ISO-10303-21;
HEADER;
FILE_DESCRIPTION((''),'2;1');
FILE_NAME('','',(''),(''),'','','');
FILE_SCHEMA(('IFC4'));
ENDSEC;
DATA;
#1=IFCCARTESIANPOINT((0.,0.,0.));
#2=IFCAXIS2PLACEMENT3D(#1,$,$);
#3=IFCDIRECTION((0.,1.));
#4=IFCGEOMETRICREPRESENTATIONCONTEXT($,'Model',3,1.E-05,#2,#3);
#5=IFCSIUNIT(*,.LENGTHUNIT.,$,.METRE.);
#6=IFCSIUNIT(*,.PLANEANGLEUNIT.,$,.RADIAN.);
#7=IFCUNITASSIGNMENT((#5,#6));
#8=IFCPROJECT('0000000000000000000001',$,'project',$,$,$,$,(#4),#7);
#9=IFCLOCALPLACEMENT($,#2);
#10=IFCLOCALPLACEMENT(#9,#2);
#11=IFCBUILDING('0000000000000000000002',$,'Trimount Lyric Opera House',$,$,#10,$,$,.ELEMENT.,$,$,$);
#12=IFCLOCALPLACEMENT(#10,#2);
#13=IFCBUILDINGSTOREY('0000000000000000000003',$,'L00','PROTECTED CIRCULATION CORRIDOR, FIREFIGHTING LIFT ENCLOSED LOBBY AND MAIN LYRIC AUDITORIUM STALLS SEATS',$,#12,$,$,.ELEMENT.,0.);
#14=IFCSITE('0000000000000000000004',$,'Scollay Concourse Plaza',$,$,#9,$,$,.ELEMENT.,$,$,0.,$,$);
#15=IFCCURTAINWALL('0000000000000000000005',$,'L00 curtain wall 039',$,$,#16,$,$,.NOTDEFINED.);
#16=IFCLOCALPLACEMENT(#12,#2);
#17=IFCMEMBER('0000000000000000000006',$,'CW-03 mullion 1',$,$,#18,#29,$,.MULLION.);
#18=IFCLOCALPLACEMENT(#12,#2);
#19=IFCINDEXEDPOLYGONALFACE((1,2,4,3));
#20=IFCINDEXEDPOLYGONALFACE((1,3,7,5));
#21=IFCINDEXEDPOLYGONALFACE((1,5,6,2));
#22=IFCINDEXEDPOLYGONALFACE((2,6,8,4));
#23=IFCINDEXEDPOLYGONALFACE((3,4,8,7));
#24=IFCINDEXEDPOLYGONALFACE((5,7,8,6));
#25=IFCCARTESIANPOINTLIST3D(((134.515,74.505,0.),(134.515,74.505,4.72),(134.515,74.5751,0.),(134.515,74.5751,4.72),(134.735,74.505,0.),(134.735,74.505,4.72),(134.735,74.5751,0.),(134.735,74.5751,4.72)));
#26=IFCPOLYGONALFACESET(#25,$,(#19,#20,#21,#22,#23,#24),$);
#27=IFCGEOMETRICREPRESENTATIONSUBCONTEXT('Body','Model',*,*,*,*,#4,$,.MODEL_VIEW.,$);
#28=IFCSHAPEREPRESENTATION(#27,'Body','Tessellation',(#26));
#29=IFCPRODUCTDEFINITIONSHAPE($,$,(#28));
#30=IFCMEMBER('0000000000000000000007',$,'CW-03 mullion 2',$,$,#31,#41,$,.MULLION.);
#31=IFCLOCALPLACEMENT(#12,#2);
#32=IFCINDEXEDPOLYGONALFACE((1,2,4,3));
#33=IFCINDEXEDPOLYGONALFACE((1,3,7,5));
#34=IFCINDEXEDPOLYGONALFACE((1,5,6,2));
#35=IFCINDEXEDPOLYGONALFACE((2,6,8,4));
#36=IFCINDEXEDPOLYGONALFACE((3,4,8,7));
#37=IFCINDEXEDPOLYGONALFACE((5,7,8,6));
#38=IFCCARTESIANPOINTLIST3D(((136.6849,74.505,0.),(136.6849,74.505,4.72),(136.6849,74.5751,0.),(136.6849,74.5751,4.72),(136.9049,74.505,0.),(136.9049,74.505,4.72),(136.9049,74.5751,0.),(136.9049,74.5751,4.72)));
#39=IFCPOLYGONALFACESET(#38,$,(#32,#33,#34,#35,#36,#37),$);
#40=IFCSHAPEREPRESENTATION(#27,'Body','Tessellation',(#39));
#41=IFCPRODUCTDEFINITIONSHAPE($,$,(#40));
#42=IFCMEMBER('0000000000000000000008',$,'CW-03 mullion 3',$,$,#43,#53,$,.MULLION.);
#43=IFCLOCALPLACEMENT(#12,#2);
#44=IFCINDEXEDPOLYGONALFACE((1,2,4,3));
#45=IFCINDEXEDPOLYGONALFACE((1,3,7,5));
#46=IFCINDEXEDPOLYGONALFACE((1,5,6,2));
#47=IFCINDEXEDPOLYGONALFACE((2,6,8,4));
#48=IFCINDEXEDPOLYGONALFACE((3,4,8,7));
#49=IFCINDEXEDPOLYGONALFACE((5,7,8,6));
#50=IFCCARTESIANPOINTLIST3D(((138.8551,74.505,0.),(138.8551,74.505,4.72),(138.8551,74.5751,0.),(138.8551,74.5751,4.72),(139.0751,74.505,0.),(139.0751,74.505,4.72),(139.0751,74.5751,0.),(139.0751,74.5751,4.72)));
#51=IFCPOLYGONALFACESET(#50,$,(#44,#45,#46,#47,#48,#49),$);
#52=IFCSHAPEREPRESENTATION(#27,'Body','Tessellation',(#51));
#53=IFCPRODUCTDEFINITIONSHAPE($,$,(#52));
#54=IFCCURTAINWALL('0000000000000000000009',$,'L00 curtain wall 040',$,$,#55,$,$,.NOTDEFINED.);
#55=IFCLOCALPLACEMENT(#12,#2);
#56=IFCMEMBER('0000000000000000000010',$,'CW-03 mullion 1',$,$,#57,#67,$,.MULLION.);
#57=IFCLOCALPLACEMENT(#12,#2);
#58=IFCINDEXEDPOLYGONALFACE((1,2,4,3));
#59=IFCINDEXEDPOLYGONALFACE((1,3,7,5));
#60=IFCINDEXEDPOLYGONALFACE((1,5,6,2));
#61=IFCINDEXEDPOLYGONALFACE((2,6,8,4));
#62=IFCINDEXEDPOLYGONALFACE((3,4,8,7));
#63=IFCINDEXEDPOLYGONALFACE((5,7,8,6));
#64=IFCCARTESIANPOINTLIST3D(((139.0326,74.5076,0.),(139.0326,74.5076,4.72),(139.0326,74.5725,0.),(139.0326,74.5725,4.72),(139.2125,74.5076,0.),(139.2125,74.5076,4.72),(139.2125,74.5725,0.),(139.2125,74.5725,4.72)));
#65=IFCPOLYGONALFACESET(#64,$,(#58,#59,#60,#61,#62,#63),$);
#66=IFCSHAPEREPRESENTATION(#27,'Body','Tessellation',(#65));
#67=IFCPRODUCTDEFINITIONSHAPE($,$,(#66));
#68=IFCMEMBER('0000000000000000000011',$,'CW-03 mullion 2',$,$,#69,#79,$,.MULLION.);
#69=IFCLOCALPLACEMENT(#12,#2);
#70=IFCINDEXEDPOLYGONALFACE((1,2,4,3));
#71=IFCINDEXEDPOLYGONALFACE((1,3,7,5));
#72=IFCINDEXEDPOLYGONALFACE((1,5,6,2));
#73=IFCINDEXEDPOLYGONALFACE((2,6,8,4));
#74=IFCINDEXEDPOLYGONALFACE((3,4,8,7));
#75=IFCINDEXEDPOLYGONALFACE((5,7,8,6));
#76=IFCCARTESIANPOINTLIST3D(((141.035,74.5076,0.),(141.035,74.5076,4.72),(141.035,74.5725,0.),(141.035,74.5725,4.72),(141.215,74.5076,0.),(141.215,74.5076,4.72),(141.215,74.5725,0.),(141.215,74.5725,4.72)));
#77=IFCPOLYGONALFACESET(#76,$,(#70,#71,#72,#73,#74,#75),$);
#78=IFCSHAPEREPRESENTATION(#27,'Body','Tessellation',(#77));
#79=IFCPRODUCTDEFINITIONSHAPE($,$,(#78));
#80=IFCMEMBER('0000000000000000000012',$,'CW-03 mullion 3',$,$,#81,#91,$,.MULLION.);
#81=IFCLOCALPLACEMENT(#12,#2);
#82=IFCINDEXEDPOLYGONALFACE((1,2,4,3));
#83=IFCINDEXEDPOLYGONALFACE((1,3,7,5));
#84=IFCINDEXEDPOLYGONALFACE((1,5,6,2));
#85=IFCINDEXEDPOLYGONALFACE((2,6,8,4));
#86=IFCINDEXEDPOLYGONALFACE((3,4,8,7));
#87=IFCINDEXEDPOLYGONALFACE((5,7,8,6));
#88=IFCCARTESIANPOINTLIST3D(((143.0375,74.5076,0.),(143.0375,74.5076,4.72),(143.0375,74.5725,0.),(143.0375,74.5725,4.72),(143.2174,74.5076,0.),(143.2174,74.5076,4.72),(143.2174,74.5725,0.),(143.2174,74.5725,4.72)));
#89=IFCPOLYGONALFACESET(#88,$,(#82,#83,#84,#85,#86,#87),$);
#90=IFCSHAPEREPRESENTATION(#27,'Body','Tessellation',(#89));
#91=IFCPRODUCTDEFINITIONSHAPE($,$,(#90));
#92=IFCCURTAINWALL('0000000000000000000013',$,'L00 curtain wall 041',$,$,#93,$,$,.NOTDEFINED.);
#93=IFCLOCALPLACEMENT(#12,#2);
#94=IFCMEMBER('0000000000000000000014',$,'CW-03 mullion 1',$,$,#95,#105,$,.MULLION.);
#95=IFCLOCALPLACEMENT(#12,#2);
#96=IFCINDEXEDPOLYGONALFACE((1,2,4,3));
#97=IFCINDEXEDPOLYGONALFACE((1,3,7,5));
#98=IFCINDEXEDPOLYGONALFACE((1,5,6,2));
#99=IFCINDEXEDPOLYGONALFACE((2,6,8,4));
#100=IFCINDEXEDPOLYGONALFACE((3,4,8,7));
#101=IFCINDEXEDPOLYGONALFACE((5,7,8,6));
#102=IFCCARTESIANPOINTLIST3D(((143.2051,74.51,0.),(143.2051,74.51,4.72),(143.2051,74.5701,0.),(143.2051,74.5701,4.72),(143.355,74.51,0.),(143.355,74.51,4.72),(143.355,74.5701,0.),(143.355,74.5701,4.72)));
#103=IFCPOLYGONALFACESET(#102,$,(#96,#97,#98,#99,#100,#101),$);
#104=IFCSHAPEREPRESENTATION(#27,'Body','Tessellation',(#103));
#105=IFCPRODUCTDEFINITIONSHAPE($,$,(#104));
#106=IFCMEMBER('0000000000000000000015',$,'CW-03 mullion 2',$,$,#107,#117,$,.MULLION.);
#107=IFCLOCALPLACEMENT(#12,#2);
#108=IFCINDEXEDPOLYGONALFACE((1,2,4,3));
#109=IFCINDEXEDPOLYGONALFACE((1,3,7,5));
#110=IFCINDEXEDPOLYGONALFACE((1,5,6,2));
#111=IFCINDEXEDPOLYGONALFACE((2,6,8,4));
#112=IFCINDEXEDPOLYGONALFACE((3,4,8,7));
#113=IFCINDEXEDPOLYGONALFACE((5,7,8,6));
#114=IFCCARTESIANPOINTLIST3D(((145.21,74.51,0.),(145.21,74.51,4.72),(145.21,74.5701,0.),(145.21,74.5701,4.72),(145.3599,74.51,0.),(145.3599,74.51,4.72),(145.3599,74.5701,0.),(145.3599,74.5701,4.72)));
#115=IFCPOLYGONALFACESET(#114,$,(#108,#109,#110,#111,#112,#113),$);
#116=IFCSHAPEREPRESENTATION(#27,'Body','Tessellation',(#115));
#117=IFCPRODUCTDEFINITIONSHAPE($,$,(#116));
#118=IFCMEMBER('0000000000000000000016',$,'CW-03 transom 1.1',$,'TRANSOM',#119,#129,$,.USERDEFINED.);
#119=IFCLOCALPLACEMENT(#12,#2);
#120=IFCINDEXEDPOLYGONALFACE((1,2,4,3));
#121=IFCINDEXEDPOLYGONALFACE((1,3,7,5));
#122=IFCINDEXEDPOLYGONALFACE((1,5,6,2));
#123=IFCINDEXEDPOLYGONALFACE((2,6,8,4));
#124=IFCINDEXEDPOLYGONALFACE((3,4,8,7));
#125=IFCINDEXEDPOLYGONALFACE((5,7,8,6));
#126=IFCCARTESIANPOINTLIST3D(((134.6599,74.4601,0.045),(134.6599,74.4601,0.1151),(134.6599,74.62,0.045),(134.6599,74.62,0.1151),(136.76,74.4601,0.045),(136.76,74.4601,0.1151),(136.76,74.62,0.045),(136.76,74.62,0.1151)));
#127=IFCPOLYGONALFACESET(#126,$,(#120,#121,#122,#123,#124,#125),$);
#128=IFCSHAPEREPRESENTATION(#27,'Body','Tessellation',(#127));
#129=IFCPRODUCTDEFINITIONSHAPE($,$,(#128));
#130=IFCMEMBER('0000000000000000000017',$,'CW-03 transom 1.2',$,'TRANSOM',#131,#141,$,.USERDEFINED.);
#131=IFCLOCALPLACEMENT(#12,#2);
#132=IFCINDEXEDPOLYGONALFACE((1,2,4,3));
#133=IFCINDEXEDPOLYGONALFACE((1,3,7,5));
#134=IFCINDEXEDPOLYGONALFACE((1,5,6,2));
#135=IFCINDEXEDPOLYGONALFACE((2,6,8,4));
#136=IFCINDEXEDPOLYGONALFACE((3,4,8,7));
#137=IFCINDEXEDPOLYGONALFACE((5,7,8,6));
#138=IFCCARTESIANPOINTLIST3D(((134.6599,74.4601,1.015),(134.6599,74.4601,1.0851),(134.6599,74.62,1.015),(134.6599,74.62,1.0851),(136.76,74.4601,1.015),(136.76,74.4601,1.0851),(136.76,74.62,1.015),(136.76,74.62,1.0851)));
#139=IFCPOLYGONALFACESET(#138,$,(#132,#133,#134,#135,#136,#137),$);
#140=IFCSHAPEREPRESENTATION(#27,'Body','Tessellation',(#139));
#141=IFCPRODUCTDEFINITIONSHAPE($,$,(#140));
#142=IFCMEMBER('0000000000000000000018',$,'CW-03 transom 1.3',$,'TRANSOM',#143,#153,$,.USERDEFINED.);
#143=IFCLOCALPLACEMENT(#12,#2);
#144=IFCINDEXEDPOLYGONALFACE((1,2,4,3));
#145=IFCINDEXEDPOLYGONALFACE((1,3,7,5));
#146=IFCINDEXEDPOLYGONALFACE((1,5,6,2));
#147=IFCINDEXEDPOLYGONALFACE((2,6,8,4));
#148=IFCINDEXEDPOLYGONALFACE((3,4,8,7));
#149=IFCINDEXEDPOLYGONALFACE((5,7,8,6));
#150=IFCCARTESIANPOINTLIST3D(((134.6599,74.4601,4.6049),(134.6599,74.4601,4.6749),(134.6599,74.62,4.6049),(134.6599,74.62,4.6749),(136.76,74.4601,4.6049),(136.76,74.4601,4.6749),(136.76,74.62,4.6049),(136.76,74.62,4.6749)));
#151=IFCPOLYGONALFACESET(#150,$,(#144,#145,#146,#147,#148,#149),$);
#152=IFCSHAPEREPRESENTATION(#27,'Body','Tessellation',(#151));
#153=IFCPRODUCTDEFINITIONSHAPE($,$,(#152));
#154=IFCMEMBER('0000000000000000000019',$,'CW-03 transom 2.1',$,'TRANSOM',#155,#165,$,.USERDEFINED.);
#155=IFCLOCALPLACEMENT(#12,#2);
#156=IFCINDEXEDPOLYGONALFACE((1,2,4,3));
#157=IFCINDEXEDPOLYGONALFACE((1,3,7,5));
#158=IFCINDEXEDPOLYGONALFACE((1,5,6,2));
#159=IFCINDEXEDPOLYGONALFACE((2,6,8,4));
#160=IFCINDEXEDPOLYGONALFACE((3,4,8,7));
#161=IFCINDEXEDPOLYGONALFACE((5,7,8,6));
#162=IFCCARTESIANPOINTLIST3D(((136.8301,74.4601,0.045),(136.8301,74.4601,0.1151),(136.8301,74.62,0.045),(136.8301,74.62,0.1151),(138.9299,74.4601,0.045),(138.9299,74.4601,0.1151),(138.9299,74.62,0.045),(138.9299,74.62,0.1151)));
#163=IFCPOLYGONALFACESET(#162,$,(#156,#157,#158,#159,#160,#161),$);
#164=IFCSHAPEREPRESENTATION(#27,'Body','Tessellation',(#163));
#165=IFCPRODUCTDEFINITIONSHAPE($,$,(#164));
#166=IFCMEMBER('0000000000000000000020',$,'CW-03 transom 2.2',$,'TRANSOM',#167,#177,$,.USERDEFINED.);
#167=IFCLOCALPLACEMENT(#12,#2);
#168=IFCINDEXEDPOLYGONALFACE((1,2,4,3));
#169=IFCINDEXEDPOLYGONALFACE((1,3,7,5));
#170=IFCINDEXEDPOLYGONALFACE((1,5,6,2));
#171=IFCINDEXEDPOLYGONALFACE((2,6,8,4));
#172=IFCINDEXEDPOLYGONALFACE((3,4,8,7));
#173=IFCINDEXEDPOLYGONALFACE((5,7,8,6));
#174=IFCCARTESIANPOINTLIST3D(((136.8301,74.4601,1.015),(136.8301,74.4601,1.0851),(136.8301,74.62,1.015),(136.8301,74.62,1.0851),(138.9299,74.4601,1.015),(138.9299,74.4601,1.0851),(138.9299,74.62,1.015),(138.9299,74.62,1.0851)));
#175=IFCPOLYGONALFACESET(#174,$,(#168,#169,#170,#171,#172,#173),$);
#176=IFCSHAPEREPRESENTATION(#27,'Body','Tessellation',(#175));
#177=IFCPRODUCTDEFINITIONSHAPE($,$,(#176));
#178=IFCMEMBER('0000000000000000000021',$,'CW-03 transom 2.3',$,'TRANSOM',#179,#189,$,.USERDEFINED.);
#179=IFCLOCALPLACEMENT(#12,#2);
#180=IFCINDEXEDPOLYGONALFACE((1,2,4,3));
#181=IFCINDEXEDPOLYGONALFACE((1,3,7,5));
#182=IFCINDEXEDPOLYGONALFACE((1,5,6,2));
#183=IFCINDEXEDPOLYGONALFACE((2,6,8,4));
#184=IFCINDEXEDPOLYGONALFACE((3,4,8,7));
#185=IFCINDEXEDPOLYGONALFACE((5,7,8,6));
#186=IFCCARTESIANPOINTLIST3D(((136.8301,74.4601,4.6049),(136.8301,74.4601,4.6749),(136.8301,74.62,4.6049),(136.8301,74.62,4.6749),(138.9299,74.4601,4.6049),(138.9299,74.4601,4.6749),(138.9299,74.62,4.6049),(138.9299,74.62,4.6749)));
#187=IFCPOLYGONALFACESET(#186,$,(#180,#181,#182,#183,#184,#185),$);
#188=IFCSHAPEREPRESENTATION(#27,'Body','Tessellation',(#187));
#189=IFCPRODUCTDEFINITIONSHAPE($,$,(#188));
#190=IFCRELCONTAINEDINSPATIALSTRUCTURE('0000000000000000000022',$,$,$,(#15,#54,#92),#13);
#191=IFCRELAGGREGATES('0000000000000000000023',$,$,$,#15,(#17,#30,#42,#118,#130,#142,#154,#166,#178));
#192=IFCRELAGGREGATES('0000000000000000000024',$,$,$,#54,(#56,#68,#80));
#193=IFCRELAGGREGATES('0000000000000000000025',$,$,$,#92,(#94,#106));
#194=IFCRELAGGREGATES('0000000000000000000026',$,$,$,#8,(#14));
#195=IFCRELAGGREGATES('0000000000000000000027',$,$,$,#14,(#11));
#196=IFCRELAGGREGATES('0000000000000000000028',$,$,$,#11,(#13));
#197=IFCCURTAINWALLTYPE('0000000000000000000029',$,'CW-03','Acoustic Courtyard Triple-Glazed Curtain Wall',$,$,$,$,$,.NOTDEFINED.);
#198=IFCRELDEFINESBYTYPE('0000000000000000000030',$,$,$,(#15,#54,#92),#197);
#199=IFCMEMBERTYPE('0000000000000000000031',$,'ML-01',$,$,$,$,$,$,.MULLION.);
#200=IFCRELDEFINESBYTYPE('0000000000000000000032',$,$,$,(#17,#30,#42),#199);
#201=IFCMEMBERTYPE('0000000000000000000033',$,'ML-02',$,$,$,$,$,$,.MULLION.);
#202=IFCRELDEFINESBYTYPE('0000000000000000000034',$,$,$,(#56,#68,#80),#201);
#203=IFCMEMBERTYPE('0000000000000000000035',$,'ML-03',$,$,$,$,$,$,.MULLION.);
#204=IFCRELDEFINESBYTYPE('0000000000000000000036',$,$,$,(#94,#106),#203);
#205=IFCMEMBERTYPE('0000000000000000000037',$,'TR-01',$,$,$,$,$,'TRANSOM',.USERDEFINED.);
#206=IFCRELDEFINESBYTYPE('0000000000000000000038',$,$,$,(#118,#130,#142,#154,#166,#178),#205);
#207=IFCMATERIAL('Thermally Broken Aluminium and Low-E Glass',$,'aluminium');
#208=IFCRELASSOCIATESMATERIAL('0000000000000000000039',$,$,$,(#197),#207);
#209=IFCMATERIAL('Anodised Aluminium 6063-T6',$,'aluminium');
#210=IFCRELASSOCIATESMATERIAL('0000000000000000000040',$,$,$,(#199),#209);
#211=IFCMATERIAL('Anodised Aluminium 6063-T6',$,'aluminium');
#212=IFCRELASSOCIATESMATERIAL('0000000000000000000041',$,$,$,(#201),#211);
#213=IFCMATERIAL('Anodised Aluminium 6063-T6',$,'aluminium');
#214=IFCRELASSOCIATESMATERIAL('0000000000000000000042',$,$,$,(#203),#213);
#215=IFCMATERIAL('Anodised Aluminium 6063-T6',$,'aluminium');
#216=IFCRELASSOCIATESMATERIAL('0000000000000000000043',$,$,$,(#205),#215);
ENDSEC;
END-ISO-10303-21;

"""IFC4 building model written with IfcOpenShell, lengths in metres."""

from ifc_helpers import new_model, si_unit, direction, frame, origin, origin_2d, place, context, subcontext, project, spatial, rectangle, extrude, material, material_profile, profile_set, type_object, element, aggregate, save


model = new_model("IFC4")

# Units and contexts
model_context = context("Model", 3, precision=1e-05, world=origin(), true_north=direction((0.0, 1.0)))
body_context = subcontext(model_context, "Body", "Model", "MODEL_VIEW")
ifc_project = project(units=[si_unit("LENGTHUNIT", "METRE"), si_unit("PLANEANGLEUNIT", "RADIAN")], contexts=[model_context])

# Site, building, storey
site_placement = place(None, origin())
site = spatial("IfcSite", under=ifc_project, at=site_placement, Name="Scollay Concourse Plaza", CompositionType="ELEMENT", RefElevation=0.0)
building_placement = place(site_placement, origin())
building = spatial("IfcBuilding", under=site, at=building_placement, Name="Trimount Lyric Opera House", CompositionType="ELEMENT")
storey_placement = place(building_placement, origin())
storey = spatial("IfcBuildingStorey", under=building, at=storey_placement, Name="L00", Description="PROTECTED CIRCULATION CORRIDOR, FIREFIGHTING LIFT ENCLOSED LOBBY AND MAIN LYRIC AUDITORIUM STALLS SEATS", CompositionType="ELEMENT", Elevation=0.0)

# Curtain walls, members
ifc_material_1 = material(Name="Thermally Broken Aluminium and Low-E Glass", Category="aluminium")
curtain_wall_type = type_object("IfcCurtainWallType", Name="CW-03", Description="Acoustic Courtyard Triple-Glazed Curtain Wall", PredefinedType="NOTDEFINED", material=ifc_material_1)
curtain_wall_1_placement = place(storey_placement, origin())
curtain_wall_1 = element("IfcCurtainWall", 1, at=curtain_wall_1_placement, inside=storey, type_object=curtain_wall_type, Name="L00 curtain wall 039", PredefinedType="NOTDEFINED")
ifc_material_2 = material(Name="Anodised Aluminium 6063-T6", Category="aluminium")
ifc_material_profile_1 = material_profile(ifc_material_2, rectangle(XDim=0.0701, YDim=0.22, at=origin_2d()), Name="ALU-MULL-70X220")
ifc_profile_set_1 = profile_set([ifc_material_profile_1], Name="Anodised Aluminium 6063-T6")
member_type_1 = type_object("IfcMemberType", Name="ML-01", PredefinedType="MULLION", material=ifc_profile_set_1)
member_1_placement = place(storey_placement, frame((134.625, 74.54, 0.0), z_axis=(0.0, 0.0, 1.0), x_axis=(0.0, 1.0, 0.0)))
member_1 = element("IfcMember", 2, at=member_1_placement, type_object=member_type_1, Name="CW-03 mullion 1", PredefinedType="MULLION", context=body_context, shape_type="SweptSolid", body=[
    extrude(rectangle(XDim=0.0701, YDim=0.22, at=origin_2d()), origin(), (0.0, 0.0, 1.0), 4.72),
])
member_2_placement = place(storey_placement, frame((136.7949, 74.54, 0.0), z_axis=(0.0, 0.0, 1.0), x_axis=(0.0, 1.0, 0.0)))
member_2 = element("IfcMember", 3, at=member_2_placement, type_object=member_type_1, Name="CW-03 mullion 2", PredefinedType="MULLION", context=body_context, shape_type="SweptSolid", body=[
    extrude(rectangle(XDim=0.0701, YDim=0.22, at=origin_2d()), origin(), (0.0, 0.0, 1.0), 4.72),
])
member_3_placement = place(storey_placement, frame((138.9651, 74.54, 0.0), z_axis=(0.0, 0.0, 1.0), x_axis=(0.0, 1.0, 0.0)))
member_3 = element("IfcMember", 4, at=member_3_placement, type_object=member_type_1, Name="CW-03 mullion 3", PredefinedType="MULLION", context=body_context, shape_type="SweptSolid", body=[
    extrude(rectangle(XDim=0.0701, YDim=0.22, at=origin_2d()), origin(), (0.0, 0.0, 1.0), 4.72),
])
curtain_wall_2_placement = place(storey_placement, origin())
curtain_wall_2 = element("IfcCurtainWall", 5, at=curtain_wall_2_placement, inside=storey, type_object=curtain_wall_type, Name="L00 curtain wall 040", PredefinedType="NOTDEFINED")
ifc_material_3 = material(Name="Anodised Aluminium 6063-T6", Category="aluminium")
ifc_material_profile_2 = material_profile(ifc_material_3, rectangle(XDim=0.0649, YDim=0.1799, at=origin_2d()), Name="ALU-MULL-65X180")
ifc_profile_set_2 = profile_set([ifc_material_profile_2], Name="Anodised Aluminium 6063-T6")
member_type_2 = type_object("IfcMemberType", Name="ML-02", PredefinedType="MULLION", material=ifc_profile_set_2)
member_4_placement = place(storey_placement, frame((139.1226, 74.54, 0.0), z_axis=(0.0, 0.0, 1.0), x_axis=(0.0, 1.0, 0.0)))
member_4 = element("IfcMember", 6, at=member_4_placement, type_object=member_type_2, Name="CW-03 mullion 1", PredefinedType="MULLION", context=body_context, shape_type="SweptSolid", body=[
    extrude(rectangle(XDim=0.0649, YDim=0.1799, at=origin_2d()), origin(), (0.0, 0.0, 1.0), 4.72),
])
member_5_placement = place(storey_placement, frame((141.125, 74.54, 0.0), z_axis=(0.0, 0.0, 1.0), x_axis=(0.0, 1.0, 0.0)))
member_5 = element("IfcMember", 7, at=member_5_placement, type_object=member_type_2, Name="CW-03 mullion 2", PredefinedType="MULLION", context=body_context, shape_type="SweptSolid", body=[
    extrude(rectangle(XDim=0.0649, YDim=0.1799, at=origin_2d()), origin(), (0.0, 0.0, 1.0), 4.72),
])
member_6_placement = place(storey_placement, frame((143.1274, 74.54, 0.0), z_axis=(0.0, 0.0, 1.0), x_axis=(0.0, 1.0, 0.0)))
member_6 = element("IfcMember", 8, at=member_6_placement, type_object=member_type_2, Name="CW-03 mullion 3", PredefinedType="MULLION", context=body_context, shape_type="SweptSolid", body=[
    extrude(rectangle(XDim=0.0649, YDim=0.1799, at=origin_2d()), origin(), (0.0, 0.0, 1.0), 4.72),
])
curtain_wall_3_placement = place(storey_placement, origin())
curtain_wall_3 = element("IfcCurtainWall", 9, at=curtain_wall_3_placement, inside=storey, type_object=curtain_wall_type, Name="L00 curtain wall 041", PredefinedType="NOTDEFINED")
ifc_material_4 = material(Name="Anodised Aluminium 6063-T6", Category="aluminium")
ifc_material_profile_3 = material_profile(ifc_material_4, rectangle(XDim=0.0601, YDim=0.1499, at=origin_2d()), Name="ALU-MULL-60X150")
ifc_profile_set_3 = profile_set([ifc_material_profile_3], Name="Anodised Aluminium 6063-T6")
member_type_3 = type_object("IfcMemberType", Name="ML-03", PredefinedType="MULLION", material=ifc_profile_set_3)
member_7_placement = place(storey_placement, frame((143.28, 74.54, 0.0), z_axis=(0.0, 0.0, 1.0), x_axis=(0.0, 1.0, 0.0)))
member_7 = element("IfcMember", 10, at=member_7_placement, type_object=member_type_3, Name="CW-03 mullion 1", PredefinedType="MULLION", context=body_context, shape_type="SweptSolid", body=[
    extrude(rectangle(XDim=0.0601, YDim=0.1499, at=origin_2d()), origin(), (0.0, 0.0, 1.0), 4.72),
])
member_8_placement = place(storey_placement, frame((145.2849, 74.54, 0.0), z_axis=(0.0, 0.0, 1.0), x_axis=(0.0, 1.0, 0.0)))
member_8 = element("IfcMember", 11, at=member_8_placement, type_object=member_type_3, Name="CW-03 mullion 2", PredefinedType="MULLION", context=body_context, shape_type="SweptSolid", body=[
    extrude(rectangle(XDim=0.0601, YDim=0.1499, at=origin_2d()), origin(), (0.0, 0.0, 1.0), 4.72),
])

# Members
ifc_material_5 = material(Name="Anodised Aluminium 6063-T6", Category="aluminium")
ifc_material_profile_4 = material_profile(ifc_material_5, rectangle(XDim=0.1599, YDim=0.0701, at=origin_2d()), Name="ALU-TRAN-70X160")
ifc_profile_set_4 = profile_set([ifc_material_profile_4], Name="Anodised Aluminium 6063-T6")
member_type_4 = type_object("IfcMemberType", Name="TR-01", ElementType="TRANSOM", PredefinedType="USERDEFINED", material=ifc_profile_set_4)
member_9_placement = place(storey_placement, frame((134.6599, 74.54, 0.0801), z_axis=(1.0, 0.0, 0.0), x_axis=(0.0, 1.0, 0.0)))
member_9 = element("IfcMember", 12, at=member_9_placement, type_object=member_type_4, Name="CW-03 transom 1.1", ObjectType="TRANSOM", PredefinedType="USERDEFINED", context=body_context, shape_type="SweptSolid", body=[
    extrude(rectangle(XDim=0.1599, YDim=0.0701, at=origin_2d()), origin(), (0.0, 0.0, 1.0), 2.1001),
])
member_10_placement = place(storey_placement, frame((134.6599, 74.54, 1.05), z_axis=(1.0, 0.0, 0.0), x_axis=(0.0, 1.0, 0.0)))
member_10 = element("IfcMember", 13, at=member_10_placement, type_object=member_type_4, Name="CW-03 transom 1.2", ObjectType="TRANSOM", PredefinedType="USERDEFINED", context=body_context, shape_type="SweptSolid", body=[
    extrude(rectangle(XDim=0.1599, YDim=0.0701, at=origin_2d()), origin(), (0.0, 0.0, 1.0), 2.1001),
])
member_11_placement = place(storey_placement, frame((134.6599, 74.54, 4.6399), z_axis=(1.0, 0.0, 0.0), x_axis=(0.0, 1.0, 0.0)))
member_11 = element("IfcMember", 14, at=member_11_placement, type_object=member_type_4, Name="CW-03 transom 1.3", ObjectType="TRANSOM", PredefinedType="USERDEFINED", context=body_context, shape_type="SweptSolid", body=[
    extrude(rectangle(XDim=0.1599, YDim=0.0701, at=origin_2d()), origin(), (0.0, 0.0, 1.0), 2.1001),
])
member_12_placement = place(storey_placement, frame((136.8301, 74.54, 0.0801), z_axis=(1.0, 0.0, 0.0), x_axis=(0.0, 1.0, 0.0)))
member_12 = element("IfcMember", 15, at=member_12_placement, type_object=member_type_4, Name="CW-03 transom 2.1", ObjectType="TRANSOM", PredefinedType="USERDEFINED", context=body_context, shape_type="SweptSolid", body=[
    extrude(rectangle(XDim=0.1599, YDim=0.0701, at=origin_2d()), origin(), (0.0, 0.0, 1.0), 2.0999),
])
member_13_placement = place(storey_placement, frame((136.8301, 74.54, 1.05), z_axis=(1.0, 0.0, 0.0), x_axis=(0.0, 1.0, 0.0)))
member_13 = element("IfcMember", 16, at=member_13_placement, type_object=member_type_4, Name="CW-03 transom 2.2", ObjectType="TRANSOM", PredefinedType="USERDEFINED", context=body_context, shape_type="SweptSolid", body=[
    extrude(rectangle(XDim=0.1599, YDim=0.0701, at=origin_2d()), origin(), (0.0, 0.0, 1.0), 2.0999),
])
member_14_placement = place(storey_placement, frame((136.8301, 74.54, 4.6399), z_axis=(1.0, 0.0, 0.0), x_axis=(0.0, 1.0, 0.0)))
member_14 = element("IfcMember", 17, at=member_14_placement, type_object=member_type_4, Name="CW-03 transom 2.3", ObjectType="TRANSOM", PredefinedType="USERDEFINED", context=body_context, shape_type="SweptSolid", body=[
    extrude(rectangle(XDim=0.1599, YDim=0.0701, at=origin_2d()), origin(), (0.0, 0.0, 1.0), 2.0999),
])

aggregate(curtain_wall_1, [member_1, member_2, member_3, member_9, member_10, member_11, member_12, member_13, member_14])
aggregate(curtain_wall_2, [member_4, member_5, member_6])
aggregate(curtain_wall_3, [member_7, member_8])

save(model, "model.ifc")
